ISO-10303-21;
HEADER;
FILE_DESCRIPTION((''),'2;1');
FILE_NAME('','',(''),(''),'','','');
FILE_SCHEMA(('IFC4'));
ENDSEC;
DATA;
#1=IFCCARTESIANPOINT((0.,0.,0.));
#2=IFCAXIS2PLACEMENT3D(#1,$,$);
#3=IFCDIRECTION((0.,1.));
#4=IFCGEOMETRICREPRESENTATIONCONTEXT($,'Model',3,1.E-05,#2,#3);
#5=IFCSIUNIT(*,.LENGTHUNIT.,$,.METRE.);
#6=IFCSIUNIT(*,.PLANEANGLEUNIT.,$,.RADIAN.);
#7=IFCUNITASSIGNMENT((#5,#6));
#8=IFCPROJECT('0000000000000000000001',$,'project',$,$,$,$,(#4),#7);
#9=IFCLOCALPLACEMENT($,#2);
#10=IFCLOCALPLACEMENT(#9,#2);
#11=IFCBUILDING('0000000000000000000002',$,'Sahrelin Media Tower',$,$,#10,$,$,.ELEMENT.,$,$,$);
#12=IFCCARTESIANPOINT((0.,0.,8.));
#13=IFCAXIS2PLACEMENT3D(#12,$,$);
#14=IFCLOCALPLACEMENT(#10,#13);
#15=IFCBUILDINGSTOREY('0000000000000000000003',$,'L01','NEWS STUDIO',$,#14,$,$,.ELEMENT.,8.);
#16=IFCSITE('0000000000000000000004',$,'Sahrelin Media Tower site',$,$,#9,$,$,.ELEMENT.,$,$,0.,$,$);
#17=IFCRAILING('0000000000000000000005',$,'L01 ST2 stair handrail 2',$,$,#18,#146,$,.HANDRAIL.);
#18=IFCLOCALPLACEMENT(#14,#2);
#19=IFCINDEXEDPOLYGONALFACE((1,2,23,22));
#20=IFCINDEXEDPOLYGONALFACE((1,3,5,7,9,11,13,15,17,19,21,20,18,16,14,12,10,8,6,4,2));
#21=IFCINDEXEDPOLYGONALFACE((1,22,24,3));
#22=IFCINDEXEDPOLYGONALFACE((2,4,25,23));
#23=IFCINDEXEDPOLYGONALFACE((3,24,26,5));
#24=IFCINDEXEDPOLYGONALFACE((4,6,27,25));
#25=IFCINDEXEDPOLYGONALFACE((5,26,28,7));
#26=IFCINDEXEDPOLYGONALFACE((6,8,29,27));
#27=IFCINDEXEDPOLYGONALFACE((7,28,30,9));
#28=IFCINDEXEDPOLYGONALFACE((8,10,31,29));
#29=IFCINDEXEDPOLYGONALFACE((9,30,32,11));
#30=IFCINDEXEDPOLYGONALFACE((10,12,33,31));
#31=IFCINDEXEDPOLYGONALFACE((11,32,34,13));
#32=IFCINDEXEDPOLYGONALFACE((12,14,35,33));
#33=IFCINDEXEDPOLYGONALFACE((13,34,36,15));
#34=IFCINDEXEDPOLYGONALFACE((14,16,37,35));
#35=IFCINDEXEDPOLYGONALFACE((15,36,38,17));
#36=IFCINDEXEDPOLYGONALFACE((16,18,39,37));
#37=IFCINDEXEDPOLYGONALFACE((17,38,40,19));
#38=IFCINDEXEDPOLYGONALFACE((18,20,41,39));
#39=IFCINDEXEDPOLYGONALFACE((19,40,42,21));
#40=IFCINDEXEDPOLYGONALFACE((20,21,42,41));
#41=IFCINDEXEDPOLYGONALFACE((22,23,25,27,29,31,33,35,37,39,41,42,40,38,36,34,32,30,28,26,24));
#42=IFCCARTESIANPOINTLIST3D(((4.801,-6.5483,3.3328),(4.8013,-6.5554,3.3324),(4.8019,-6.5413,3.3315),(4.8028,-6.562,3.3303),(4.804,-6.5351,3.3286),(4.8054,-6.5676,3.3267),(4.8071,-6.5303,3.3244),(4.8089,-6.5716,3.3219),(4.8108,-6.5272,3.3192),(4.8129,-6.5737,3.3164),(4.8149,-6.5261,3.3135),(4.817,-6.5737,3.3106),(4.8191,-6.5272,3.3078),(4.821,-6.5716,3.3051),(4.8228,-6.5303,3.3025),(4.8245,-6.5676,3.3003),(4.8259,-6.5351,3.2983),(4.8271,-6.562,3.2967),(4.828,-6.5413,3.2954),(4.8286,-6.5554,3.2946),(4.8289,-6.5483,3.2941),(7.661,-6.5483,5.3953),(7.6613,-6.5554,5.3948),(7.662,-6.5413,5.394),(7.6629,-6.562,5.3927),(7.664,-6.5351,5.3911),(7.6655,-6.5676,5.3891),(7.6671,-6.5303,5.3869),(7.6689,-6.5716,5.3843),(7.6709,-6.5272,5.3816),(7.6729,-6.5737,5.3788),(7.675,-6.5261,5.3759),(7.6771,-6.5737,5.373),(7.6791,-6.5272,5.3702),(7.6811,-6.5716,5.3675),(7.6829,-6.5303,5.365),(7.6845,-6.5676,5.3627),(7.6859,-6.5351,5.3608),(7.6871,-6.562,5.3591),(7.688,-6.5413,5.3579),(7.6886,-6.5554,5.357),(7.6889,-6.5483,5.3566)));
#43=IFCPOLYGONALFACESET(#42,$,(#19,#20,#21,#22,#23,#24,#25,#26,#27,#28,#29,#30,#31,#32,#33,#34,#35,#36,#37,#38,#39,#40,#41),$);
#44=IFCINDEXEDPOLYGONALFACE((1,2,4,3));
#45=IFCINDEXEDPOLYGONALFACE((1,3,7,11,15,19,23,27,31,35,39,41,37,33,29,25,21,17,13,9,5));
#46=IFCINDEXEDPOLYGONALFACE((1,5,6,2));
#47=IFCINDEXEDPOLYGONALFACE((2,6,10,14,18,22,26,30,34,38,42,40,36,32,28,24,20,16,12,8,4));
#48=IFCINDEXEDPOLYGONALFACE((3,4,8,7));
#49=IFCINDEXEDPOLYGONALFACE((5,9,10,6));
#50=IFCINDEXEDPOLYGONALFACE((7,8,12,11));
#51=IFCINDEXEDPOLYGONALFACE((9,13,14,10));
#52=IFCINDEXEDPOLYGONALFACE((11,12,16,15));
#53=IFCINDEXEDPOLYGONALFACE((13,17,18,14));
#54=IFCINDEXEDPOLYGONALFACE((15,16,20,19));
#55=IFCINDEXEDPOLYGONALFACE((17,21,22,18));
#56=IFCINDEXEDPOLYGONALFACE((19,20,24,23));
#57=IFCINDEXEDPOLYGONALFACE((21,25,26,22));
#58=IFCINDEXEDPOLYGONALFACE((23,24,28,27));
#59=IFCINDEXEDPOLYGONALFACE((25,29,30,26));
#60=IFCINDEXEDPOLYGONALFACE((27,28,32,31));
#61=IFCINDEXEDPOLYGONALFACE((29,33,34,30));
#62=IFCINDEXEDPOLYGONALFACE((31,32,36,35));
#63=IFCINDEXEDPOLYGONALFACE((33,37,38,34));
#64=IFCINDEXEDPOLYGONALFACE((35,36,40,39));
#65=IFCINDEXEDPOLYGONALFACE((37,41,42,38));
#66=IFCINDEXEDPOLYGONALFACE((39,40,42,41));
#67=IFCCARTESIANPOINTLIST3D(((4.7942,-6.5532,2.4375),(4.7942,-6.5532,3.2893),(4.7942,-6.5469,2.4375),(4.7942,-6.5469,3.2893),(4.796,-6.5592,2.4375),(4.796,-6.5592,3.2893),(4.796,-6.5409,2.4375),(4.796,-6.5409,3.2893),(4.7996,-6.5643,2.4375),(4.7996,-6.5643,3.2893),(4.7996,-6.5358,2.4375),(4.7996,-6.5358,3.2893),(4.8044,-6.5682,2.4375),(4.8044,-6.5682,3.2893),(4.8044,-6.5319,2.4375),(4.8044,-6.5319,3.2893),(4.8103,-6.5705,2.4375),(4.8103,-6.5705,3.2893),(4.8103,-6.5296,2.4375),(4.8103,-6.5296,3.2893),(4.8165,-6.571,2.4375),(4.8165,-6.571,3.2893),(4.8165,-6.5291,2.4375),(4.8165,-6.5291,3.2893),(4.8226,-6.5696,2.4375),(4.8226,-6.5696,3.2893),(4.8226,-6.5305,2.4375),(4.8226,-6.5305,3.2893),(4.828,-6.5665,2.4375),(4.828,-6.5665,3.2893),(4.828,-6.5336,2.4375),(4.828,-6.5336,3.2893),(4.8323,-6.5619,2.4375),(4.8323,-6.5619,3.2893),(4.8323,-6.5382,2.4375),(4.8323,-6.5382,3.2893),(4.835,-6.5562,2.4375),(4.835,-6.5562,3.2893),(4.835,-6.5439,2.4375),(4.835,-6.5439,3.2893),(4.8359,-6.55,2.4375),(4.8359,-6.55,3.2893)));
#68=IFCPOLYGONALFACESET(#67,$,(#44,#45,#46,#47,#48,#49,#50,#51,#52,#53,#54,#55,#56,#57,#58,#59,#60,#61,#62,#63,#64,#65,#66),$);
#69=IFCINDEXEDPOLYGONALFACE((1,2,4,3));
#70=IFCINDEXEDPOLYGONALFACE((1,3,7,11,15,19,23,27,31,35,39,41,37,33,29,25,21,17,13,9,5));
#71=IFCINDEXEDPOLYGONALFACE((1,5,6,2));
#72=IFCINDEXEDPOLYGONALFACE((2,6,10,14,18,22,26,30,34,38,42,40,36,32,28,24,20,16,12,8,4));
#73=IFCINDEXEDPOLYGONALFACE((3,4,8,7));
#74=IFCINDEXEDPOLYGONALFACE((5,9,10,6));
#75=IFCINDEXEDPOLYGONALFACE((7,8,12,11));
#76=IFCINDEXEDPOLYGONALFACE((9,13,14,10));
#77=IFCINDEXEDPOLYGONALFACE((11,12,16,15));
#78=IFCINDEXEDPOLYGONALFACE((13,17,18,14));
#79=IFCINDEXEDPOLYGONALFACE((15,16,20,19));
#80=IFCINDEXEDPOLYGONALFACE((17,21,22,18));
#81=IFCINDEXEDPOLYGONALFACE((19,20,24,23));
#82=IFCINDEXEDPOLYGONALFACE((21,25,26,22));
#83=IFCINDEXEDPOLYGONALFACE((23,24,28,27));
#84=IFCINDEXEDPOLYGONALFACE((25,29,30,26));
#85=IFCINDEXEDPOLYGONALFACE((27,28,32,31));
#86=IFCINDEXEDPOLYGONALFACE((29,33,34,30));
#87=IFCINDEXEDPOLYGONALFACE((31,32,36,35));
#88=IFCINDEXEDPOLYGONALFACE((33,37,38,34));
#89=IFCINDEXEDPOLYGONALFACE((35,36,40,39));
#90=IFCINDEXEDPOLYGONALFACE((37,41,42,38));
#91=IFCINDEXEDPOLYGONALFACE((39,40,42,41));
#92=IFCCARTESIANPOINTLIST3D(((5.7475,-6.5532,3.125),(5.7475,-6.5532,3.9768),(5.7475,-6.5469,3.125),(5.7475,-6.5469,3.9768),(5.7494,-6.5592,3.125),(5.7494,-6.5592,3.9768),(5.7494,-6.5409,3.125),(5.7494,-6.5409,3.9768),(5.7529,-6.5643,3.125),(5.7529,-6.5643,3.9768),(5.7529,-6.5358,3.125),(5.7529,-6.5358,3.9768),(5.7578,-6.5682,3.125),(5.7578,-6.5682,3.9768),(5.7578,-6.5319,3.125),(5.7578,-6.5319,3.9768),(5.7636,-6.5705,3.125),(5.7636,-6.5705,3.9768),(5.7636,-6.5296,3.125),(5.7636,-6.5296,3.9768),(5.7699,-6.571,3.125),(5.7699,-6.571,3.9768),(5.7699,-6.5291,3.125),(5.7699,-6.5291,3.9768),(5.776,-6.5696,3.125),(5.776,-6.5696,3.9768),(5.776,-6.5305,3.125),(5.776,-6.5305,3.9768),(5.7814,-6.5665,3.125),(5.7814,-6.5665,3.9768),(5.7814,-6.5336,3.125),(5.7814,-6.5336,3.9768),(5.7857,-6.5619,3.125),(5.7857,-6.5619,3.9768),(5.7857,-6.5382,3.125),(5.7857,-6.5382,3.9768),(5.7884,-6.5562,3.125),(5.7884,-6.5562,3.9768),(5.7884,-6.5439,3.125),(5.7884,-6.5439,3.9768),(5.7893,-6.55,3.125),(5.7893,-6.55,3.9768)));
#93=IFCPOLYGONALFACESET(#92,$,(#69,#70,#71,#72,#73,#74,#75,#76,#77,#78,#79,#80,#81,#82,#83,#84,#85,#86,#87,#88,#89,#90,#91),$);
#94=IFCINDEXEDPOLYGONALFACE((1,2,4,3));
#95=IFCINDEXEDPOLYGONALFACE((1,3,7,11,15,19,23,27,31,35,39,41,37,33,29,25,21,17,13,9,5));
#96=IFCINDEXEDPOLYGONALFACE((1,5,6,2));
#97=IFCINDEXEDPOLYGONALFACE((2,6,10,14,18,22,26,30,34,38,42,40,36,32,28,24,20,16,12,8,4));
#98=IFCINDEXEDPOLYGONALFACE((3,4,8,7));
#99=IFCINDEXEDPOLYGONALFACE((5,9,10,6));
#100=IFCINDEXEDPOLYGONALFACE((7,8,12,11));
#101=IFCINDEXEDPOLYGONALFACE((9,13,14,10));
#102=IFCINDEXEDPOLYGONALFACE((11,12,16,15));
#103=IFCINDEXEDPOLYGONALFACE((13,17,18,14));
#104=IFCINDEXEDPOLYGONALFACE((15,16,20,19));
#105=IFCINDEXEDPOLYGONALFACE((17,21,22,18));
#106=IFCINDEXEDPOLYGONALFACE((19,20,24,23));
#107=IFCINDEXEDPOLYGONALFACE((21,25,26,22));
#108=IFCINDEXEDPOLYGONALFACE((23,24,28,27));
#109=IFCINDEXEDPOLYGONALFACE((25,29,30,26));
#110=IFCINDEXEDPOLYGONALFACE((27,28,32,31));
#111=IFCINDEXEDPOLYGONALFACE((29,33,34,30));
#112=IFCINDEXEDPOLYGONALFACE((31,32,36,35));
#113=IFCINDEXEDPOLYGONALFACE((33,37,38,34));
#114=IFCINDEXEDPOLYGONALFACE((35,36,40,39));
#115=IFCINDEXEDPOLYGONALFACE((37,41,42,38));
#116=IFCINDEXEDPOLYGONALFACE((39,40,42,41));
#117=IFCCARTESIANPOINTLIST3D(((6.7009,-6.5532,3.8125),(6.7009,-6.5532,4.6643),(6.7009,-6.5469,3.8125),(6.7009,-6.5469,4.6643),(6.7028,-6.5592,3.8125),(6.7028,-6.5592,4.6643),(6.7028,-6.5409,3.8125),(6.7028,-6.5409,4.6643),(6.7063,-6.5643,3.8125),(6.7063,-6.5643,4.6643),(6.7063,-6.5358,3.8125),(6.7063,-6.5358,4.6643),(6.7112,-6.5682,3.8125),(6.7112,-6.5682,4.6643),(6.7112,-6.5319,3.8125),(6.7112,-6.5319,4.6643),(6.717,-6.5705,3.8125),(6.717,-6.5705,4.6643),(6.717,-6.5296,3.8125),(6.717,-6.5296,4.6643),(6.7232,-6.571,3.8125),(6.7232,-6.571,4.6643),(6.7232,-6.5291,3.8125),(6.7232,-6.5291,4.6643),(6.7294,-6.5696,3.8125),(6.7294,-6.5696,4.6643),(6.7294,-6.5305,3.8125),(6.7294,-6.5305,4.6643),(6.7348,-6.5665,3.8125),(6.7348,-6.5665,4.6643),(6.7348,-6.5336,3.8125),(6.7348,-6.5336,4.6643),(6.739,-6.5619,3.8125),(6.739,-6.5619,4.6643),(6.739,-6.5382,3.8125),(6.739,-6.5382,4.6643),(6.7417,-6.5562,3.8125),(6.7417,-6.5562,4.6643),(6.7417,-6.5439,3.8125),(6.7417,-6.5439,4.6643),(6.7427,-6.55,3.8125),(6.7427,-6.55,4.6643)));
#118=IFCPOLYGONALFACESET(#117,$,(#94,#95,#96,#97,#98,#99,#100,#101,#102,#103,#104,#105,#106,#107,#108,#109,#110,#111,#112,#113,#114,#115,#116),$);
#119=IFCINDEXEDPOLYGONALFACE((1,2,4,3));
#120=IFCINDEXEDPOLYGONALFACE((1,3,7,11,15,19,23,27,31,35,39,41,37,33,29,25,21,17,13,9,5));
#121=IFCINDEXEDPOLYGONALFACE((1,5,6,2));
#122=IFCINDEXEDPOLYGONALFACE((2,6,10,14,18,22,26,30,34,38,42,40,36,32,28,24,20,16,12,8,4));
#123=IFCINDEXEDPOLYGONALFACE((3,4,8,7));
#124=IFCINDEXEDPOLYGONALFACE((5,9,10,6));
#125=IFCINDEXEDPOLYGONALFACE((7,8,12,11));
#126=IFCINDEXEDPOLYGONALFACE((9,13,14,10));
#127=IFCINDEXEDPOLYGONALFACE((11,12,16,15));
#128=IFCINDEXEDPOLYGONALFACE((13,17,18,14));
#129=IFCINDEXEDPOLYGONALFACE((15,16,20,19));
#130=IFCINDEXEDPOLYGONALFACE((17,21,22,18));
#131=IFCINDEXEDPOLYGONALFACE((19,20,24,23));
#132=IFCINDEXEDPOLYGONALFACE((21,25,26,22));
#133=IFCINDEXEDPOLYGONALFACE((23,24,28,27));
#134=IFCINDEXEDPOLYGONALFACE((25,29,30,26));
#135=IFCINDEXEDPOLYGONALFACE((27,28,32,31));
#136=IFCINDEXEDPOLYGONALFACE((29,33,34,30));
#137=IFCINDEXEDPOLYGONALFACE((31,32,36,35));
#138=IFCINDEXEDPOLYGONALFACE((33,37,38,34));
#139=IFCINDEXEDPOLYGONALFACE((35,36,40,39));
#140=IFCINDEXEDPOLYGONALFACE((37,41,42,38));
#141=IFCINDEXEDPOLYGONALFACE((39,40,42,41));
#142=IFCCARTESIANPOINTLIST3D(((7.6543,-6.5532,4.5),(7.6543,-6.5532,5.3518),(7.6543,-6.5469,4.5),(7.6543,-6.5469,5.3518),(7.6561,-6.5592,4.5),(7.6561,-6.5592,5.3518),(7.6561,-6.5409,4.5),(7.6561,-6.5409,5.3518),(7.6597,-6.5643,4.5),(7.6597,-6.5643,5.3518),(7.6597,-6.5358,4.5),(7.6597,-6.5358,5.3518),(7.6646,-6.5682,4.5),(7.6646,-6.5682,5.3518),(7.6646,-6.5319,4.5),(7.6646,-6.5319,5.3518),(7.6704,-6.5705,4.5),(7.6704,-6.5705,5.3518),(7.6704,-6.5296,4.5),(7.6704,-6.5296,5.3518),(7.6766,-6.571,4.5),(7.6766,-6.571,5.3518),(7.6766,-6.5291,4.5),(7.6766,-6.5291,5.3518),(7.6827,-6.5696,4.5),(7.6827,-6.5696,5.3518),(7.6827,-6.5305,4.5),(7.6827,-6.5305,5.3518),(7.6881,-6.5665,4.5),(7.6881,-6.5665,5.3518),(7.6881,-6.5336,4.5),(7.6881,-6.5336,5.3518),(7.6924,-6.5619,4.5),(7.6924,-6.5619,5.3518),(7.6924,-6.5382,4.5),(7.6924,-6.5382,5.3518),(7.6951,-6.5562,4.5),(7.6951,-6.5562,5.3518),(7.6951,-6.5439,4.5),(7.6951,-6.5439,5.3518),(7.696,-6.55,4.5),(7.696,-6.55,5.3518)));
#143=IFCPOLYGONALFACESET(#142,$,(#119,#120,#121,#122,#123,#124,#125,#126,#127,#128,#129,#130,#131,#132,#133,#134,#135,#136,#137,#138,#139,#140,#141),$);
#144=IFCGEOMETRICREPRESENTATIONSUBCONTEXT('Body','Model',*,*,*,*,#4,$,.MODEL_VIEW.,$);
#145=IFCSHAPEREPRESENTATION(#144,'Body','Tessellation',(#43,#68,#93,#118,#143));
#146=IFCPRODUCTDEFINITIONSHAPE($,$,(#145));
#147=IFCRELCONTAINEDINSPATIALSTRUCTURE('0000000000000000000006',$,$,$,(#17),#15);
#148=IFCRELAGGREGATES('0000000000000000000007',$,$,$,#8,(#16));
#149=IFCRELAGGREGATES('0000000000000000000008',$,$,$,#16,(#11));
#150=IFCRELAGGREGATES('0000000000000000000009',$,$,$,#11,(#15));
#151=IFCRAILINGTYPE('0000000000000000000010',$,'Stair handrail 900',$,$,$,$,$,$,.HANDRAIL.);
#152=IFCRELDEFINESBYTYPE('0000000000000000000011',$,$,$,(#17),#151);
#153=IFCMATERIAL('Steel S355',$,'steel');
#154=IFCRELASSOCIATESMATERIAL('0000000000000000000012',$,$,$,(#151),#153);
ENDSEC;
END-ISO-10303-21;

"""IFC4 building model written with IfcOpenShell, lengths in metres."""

from ifc_helpers import new_model, si_unit, direction, frame, origin, origin_2d, place, context, subcontext, project, spatial, circle, extrude, material, type_object, element, save


model = new_model("IFC4")

# Units and contexts
model_context = context("Model", 3, precision=1e-05, world=origin(), true_north=direction((0.0, 1.0)))
body_context = subcontext(model_context, "Body", "Model", "MODEL_VIEW")
ifc_project = project(units=[si_unit("LENGTHUNIT", "METRE"), si_unit("PLANEANGLEUNIT", "RADIAN")], contexts=[model_context])

# Site, building, storey
site_placement = place(None, origin())
site = spatial("IfcSite", under=ifc_project, at=site_placement, Name="Sahrelin Media Tower site", CompositionType="ELEMENT", RefElevation=0.0)
building_placement = place(site_placement, origin())
building = spatial("IfcBuilding", under=site, at=building_placement, Name="Sahrelin Media Tower", CompositionType="ELEMENT")
storey_placement = place(building_placement, frame((0.0, 0.0, 8.0)))
storey = spatial("IfcBuildingStorey", under=building, at=storey_placement, Name="L01", Description="NEWS STUDIO", CompositionType="ELEMENT", Elevation=8.0)

# Railing
ifc_material_1 = material(Name="Steel S355", Category="steel")
railing_type_1 = type_object("IfcRailingType", Name="Stair handrail 900", PredefinedType="HANDRAIL", material=ifc_material_1)
railing_1_placement = place(storey_placement, frame((4.8149, -6.55, 2.4375)))
element("IfcRailing", 1, at=railing_1_placement, inside=storey, type_object=railing_type_1, Name="L01 ST2 stair handrail 2", PredefinedType="HANDRAIL", context=body_context, shape_type="SweptSolid", body=[
    extrude(circle(Radius=0.0239, at=origin_2d()), frame((0.0, 0.0, 0.876), z_axis=(0.811101, 0.0, 0.584906), x_axis=(0.0, 1.0, 0.0)), (0.0, 0.0, 1.0), 3.5261),
    extrude(circle(Radius=0.021, at=origin_2d()), origin(), (0.0, 0.0, 1.0), 0.8518),
    extrude(circle(Radius=0.021, at=origin_2d()), frame((0.9534, 0.0, 0.6875)), (0.0, 0.0, 1.0), 0.8518),
    extrude(circle(Radius=0.021, at=origin_2d()), frame((1.9067, 0.0, 1.375)), (0.0, 0.0, 1.0), 0.8518),
    extrude(circle(Radius=0.021, at=origin_2d()), frame((2.8601, 0.0, 2.0625)), (0.0, 0.0, 1.0), 0.8518),
])

save(model, "model.ifc")
